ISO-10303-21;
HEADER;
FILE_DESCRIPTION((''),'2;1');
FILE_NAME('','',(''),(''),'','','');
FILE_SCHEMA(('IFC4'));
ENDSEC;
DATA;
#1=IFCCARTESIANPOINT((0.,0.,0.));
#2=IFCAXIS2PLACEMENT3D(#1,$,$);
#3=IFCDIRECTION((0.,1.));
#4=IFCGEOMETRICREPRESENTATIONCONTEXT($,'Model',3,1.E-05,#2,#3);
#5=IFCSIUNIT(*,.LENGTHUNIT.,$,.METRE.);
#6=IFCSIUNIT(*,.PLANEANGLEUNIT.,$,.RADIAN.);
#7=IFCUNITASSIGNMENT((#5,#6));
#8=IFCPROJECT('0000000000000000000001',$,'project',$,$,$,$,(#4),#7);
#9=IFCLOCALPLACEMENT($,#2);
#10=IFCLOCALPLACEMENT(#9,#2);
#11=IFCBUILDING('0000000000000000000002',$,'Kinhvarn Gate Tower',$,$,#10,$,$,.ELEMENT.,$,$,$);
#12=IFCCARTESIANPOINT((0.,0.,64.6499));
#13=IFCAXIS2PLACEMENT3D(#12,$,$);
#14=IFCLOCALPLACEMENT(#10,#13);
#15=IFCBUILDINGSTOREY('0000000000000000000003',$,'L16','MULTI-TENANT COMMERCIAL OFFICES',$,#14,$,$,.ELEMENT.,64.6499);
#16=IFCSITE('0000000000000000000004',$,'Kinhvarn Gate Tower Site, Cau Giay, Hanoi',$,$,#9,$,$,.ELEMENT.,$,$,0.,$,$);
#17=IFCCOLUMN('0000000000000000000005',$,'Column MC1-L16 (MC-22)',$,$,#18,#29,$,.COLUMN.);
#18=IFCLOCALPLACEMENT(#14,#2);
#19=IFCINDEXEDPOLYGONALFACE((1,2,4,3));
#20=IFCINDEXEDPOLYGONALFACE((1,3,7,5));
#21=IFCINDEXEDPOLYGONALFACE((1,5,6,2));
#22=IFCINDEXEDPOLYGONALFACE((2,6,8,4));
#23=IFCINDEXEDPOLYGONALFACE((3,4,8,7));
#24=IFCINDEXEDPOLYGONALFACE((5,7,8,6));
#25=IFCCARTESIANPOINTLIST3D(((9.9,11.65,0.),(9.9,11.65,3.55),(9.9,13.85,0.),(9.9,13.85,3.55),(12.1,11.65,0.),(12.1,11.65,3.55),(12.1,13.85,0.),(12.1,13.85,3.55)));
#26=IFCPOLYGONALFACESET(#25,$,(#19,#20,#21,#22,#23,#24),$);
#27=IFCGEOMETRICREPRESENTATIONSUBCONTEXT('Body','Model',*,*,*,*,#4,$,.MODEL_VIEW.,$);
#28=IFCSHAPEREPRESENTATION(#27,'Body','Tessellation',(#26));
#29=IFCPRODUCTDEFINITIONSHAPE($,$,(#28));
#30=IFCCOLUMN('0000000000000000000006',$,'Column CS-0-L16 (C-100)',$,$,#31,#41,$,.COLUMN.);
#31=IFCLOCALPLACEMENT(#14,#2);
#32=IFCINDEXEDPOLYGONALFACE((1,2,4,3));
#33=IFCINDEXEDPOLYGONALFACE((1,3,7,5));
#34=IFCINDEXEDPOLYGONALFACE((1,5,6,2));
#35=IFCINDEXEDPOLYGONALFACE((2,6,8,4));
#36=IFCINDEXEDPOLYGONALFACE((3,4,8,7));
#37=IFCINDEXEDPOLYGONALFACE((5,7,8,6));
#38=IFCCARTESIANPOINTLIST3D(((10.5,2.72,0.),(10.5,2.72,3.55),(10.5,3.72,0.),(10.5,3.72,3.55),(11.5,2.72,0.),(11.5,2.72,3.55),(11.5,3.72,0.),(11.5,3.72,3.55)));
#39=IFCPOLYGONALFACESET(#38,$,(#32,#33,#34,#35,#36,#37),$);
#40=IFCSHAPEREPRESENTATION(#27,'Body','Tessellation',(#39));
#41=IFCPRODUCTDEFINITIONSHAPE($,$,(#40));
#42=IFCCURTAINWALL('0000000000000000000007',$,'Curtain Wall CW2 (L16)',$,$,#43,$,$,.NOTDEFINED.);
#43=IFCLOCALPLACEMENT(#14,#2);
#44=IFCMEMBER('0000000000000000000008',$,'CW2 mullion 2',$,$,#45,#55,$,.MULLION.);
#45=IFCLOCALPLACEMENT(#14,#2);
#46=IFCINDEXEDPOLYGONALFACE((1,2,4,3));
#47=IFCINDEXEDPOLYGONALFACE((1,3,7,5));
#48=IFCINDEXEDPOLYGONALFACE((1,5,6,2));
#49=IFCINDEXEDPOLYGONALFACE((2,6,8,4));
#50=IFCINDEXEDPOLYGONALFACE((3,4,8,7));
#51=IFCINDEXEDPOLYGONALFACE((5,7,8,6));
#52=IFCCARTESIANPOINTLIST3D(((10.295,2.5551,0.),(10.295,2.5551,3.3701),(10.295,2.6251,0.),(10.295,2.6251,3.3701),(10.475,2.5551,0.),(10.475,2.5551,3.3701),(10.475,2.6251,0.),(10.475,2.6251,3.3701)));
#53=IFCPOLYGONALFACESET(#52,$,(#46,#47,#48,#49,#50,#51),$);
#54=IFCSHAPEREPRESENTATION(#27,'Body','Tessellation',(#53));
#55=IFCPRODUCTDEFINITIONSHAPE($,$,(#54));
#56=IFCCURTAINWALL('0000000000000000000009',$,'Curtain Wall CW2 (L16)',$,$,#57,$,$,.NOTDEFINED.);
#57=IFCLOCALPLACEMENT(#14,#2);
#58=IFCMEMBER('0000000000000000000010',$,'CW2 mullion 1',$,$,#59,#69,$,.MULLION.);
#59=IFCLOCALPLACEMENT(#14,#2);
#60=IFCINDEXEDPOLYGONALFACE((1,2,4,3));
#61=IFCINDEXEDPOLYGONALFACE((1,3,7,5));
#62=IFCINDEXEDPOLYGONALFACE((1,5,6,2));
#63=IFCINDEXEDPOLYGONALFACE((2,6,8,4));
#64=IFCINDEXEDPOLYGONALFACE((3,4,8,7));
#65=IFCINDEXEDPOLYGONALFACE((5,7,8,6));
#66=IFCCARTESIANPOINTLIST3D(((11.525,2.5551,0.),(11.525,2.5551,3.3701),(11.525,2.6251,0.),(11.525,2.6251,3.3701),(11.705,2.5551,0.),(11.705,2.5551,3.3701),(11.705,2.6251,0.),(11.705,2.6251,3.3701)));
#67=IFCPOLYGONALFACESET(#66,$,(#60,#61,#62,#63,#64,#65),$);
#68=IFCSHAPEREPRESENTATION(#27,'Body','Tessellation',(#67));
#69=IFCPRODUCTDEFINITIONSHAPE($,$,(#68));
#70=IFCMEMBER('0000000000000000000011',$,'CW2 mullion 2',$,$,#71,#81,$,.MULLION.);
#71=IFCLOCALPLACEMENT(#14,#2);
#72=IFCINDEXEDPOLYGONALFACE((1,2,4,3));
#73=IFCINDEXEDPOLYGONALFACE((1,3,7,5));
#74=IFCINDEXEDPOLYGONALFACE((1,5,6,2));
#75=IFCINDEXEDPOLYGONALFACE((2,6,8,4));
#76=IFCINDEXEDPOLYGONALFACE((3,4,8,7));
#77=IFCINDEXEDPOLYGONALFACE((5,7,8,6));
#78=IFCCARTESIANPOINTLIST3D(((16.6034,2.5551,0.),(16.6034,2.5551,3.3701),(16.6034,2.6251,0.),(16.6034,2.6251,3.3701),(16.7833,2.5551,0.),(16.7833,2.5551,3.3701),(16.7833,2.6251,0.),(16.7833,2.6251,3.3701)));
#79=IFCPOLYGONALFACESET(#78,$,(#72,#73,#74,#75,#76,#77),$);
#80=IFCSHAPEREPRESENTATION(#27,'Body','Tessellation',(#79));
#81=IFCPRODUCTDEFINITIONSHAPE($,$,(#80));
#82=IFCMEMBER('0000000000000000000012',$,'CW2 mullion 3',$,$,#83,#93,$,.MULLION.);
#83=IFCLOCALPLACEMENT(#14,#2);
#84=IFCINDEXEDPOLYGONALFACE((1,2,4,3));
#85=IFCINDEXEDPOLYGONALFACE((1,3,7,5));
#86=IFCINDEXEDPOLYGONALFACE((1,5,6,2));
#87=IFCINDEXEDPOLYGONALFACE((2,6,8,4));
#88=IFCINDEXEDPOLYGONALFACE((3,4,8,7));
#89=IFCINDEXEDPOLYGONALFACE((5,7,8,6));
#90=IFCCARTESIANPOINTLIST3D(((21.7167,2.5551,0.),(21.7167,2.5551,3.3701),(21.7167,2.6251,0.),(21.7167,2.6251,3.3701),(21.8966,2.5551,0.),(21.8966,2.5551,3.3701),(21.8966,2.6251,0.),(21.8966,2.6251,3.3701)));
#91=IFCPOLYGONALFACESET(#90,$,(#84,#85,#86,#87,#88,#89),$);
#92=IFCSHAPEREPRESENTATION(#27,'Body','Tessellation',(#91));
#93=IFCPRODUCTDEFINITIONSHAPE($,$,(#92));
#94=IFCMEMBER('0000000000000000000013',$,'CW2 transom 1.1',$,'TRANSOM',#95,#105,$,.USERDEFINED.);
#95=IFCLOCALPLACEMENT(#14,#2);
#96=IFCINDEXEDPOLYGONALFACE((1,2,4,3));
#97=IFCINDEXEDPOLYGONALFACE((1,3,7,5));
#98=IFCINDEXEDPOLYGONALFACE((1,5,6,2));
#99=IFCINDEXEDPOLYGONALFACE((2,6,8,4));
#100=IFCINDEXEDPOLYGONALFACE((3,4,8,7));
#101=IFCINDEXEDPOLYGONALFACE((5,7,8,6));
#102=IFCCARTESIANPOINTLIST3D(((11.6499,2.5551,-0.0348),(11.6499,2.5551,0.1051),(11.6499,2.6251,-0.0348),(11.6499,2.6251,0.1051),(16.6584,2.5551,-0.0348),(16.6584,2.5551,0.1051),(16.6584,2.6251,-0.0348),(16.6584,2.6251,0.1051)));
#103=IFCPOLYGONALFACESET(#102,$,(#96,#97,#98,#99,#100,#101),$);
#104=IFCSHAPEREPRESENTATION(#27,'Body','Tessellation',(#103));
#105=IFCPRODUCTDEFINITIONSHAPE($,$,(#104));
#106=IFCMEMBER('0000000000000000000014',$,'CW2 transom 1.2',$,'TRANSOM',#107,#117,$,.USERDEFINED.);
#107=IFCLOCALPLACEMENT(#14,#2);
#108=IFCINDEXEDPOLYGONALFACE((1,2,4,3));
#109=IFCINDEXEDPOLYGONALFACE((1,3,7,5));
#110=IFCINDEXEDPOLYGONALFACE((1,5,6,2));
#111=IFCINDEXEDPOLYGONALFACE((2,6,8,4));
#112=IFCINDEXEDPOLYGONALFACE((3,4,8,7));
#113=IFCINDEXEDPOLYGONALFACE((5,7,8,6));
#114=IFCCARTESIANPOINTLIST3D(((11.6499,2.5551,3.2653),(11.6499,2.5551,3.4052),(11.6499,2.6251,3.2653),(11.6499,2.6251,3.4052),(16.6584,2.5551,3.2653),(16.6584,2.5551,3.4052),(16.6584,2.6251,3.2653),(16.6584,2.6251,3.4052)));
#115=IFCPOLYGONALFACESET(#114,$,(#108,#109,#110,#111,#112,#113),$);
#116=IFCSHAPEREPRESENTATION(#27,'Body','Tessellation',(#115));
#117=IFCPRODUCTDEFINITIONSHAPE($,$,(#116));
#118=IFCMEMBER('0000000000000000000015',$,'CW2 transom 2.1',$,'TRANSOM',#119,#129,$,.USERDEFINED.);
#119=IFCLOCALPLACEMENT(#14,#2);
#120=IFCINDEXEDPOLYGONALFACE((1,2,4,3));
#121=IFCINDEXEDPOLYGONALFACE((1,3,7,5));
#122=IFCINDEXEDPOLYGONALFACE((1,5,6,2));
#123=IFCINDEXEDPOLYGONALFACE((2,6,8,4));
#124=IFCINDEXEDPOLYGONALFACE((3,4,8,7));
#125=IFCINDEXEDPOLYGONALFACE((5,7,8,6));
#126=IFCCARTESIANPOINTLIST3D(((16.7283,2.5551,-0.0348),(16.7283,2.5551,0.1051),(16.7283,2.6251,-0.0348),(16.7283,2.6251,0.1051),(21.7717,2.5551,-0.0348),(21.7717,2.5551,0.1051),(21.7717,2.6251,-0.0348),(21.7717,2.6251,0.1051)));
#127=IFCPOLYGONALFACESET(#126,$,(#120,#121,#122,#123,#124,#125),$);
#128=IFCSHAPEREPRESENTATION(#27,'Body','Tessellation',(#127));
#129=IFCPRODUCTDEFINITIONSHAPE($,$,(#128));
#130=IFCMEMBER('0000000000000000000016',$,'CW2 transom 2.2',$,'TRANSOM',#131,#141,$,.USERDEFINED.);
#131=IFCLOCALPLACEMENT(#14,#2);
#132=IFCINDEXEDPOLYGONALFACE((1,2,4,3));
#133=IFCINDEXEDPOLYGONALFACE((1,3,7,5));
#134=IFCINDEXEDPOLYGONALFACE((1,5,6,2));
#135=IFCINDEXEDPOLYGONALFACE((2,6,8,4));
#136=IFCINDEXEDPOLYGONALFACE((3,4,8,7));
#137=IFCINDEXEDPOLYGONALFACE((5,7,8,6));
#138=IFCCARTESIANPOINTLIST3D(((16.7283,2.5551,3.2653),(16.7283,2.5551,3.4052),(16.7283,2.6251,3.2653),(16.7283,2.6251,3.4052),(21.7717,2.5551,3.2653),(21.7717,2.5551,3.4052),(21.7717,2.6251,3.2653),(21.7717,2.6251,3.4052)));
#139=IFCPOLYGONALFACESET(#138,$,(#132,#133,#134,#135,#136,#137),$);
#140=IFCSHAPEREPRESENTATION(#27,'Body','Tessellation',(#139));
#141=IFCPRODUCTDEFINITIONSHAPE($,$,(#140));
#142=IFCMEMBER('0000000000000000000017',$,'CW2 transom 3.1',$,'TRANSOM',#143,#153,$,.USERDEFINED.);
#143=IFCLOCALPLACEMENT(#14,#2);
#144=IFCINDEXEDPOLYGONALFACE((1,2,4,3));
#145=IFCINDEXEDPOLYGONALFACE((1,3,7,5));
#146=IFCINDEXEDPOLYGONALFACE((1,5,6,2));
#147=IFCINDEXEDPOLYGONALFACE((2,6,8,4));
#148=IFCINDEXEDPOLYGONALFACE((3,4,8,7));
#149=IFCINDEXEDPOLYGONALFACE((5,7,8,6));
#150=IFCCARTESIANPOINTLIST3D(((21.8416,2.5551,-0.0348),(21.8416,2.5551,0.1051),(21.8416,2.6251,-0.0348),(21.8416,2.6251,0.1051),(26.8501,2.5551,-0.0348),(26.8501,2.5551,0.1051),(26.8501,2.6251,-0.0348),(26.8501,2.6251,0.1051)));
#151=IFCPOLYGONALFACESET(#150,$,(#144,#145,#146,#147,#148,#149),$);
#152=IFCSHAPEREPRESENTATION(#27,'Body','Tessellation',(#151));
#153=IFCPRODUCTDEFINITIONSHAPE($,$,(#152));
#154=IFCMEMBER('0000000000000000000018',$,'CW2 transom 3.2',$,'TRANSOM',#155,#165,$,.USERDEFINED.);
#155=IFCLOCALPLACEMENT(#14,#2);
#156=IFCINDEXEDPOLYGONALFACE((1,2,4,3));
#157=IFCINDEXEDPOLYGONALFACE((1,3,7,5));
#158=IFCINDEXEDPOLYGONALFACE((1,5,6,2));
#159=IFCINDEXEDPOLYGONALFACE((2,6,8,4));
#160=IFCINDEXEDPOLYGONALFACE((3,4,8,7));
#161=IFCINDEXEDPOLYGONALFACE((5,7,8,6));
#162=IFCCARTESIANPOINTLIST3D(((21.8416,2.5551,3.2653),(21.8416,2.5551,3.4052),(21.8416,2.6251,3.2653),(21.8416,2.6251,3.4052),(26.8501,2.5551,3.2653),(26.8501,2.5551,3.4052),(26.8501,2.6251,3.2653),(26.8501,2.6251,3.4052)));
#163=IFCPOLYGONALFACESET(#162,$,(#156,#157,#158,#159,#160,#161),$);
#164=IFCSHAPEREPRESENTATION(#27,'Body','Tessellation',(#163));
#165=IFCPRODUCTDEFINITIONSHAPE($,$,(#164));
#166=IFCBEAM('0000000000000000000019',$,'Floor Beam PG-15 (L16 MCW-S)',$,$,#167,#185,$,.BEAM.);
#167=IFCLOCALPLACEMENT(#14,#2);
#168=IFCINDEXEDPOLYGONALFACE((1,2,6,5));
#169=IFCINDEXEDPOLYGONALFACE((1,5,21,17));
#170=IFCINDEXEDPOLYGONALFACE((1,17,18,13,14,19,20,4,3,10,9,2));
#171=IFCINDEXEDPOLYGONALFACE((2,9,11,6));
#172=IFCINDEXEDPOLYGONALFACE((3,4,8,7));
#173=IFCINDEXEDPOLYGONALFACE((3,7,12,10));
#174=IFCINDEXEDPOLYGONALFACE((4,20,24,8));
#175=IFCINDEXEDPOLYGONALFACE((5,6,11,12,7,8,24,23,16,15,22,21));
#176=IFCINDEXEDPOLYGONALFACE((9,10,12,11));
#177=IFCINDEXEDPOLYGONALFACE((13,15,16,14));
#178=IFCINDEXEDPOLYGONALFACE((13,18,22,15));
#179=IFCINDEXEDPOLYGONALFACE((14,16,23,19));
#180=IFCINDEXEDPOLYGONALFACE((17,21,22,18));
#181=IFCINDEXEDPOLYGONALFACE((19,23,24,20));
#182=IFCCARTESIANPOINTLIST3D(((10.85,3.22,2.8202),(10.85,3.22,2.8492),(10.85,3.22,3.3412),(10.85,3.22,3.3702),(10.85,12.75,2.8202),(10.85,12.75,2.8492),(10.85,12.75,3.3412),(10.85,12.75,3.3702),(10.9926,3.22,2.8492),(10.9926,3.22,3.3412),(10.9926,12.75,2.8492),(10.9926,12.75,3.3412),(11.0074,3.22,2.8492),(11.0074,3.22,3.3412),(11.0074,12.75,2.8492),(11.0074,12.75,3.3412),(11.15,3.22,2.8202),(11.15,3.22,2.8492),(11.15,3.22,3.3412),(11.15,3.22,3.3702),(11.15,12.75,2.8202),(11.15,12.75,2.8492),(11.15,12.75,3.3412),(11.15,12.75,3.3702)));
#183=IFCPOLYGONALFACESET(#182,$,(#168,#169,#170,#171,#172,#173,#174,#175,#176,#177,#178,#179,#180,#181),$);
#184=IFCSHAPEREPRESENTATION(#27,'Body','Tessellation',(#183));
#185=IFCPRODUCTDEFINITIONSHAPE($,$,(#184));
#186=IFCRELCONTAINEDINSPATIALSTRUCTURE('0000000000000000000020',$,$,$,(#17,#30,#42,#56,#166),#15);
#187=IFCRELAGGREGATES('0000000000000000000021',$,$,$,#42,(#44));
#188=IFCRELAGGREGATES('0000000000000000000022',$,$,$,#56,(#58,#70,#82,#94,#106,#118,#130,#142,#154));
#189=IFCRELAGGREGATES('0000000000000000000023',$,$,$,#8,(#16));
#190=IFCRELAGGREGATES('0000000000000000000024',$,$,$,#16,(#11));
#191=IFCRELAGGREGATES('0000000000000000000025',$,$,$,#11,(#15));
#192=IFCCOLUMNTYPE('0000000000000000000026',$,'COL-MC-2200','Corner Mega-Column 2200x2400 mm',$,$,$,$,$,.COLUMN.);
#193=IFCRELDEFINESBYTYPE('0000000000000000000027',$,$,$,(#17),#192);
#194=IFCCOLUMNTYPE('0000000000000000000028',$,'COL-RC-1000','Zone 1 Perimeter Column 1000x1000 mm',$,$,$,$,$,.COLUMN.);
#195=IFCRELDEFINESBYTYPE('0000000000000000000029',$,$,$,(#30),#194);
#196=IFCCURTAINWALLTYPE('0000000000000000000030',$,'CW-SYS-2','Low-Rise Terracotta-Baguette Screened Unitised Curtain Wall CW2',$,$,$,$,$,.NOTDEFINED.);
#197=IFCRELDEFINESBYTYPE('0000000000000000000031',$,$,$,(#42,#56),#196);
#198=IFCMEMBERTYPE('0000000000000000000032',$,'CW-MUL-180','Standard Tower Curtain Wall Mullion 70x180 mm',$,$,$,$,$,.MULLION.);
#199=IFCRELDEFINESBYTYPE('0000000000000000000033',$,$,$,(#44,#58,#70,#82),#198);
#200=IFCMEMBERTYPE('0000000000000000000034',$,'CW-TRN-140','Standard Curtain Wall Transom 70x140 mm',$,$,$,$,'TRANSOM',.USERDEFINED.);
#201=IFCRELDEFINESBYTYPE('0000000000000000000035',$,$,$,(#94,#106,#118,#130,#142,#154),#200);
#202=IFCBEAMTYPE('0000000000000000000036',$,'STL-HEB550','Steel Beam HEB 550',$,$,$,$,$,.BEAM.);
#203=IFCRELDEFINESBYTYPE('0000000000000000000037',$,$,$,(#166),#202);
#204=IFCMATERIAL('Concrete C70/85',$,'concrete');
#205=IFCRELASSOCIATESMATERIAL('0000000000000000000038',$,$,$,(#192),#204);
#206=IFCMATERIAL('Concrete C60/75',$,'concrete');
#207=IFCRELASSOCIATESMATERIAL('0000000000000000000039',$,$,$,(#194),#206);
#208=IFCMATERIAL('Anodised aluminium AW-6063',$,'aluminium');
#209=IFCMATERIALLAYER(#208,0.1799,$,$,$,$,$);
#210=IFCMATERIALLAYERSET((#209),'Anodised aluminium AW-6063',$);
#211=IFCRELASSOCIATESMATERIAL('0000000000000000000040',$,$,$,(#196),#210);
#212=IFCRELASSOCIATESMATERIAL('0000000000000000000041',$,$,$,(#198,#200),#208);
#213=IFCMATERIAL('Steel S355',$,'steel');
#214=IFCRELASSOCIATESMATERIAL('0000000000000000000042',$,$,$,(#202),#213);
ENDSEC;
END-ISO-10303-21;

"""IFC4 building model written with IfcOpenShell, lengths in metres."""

from ifc_helpers import new_model, si_unit, direction, frame, origin, origin_2d, place, context, subcontext, project, spatial, rectangle, i_section, extrude, material, layer, layer_set, material_profile, profile_set, type_object, element, aggregate, save


model = new_model("IFC4")

# Units and contexts
model_context = context("Model", 3, precision=1e-05, world=origin(), true_north=direction((0.0, 1.0)))
body_context = subcontext(model_context, "Body", "Model", "MODEL_VIEW")
ifc_project = project(units=[si_unit("LENGTHUNIT", "METRE"), si_unit("PLANEANGLEUNIT", "RADIAN")], contexts=[model_context])

# Site, building, storey
site_placement = place(None, origin())
site = spatial("IfcSite", under=ifc_project, at=site_placement, Name="Kinhvarn Gate Tower Site, Cau Giay, Hanoi", CompositionType="ELEMENT", RefElevation=0.0)
building_placement = place(site_placement, origin())
building = spatial("IfcBuilding", under=site, at=building_placement, Name="Kinhvarn Gate Tower", CompositionType="ELEMENT")
storey_placement = place(building_placement, frame((0.0, 0.0, 64.6499)))
storey = spatial("IfcBuildingStorey", under=building, at=storey_placement, Name="L16", Description="MULTI-TENANT COMMERCIAL OFFICES", CompositionType="ELEMENT", Elevation=64.6499)

# Columns
ifc_material_1 = material(Name="Concrete C70/85", Category="concrete")
ifc_material_profile_1 = material_profile(ifc_material_1, rectangle(XDim=2.2, YDim=2.2, at=origin_2d()), Name="RC 2200x2200")
ifc_profile_set_1 = profile_set([ifc_material_profile_1], Name="Concrete C70/85")
column_type_1 = type_object("IfcColumnType", Name="COL-MC-2200", Description="Corner Mega-Column 2200x2400 mm", PredefinedType="COLUMN", material=ifc_profile_set_1)
column_1_placement = place(storey_placement, frame((11.0, 12.75, 0.0), z_axis=(0.0, 0.0, 1.0), x_axis=(1.0, 0.0, 0.0)))
element("IfcColumn", 1, at=column_1_placement, inside=storey, type_object=column_type_1, Name="Column MC1-L16 (MC-22)", PredefinedType="COLUMN", context=body_context, shape_type="SweptSolid", body=[
    extrude(rectangle(XDim=2.2, YDim=2.2, at=origin_2d()), origin(), (0.0, 0.0, 1.0), 3.55),
])
ifc_material_2 = material(Name="Concrete C60/75", Category="concrete")
ifc_material_profile_2 = material_profile(ifc_material_2, rectangle(XDim=1.0, YDim=1.0, at=origin_2d()), Name="RC 1000x1000")
ifc_profile_set_2 = profile_set([ifc_material_profile_2], Name="Concrete C60/75")
column_type_2 = type_object("IfcColumnType", Name="COL-RC-1000", Description="Zone 1 Perimeter Column 1000x1000 mm", PredefinedType="COLUMN", material=ifc_profile_set_2)
column_2_placement = place(storey_placement, frame((11.0, 3.22, 0.0), z_axis=(0.0, 0.0, 1.0), x_axis=(1.0, 0.0, 0.0)))
element("IfcColumn", 2, at=column_2_placement, inside=storey, type_object=column_type_2, Name="Column CS-0-L16 (C-100)", PredefinedType="COLUMN", context=body_context, shape_type="SweptSolid", body=[
    extrude(rectangle(XDim=1.0, YDim=1.0, at=origin_2d()), origin(), (0.0, 0.0, 1.0), 3.55),
])

# Curtain wall, member
ifc_material_3 = material(Name="Anodised aluminium AW-6063", Category="aluminium")
ifc_layer_1 = layer(ifc_material_3, 0.1799)
ifc_layer_set_1 = layer_set([ifc_layer_1], Name="Anodised aluminium AW-6063")
curtain_wall_type = type_object("IfcCurtainWallType", Name="CW-SYS-2", Description="Low-Rise Terracotta-Baguette Screened Unitised Curtain Wall CW2", PredefinedType="NOTDEFINED", material=ifc_layer_set_1)
curtain_wall_1_placement = place(storey_placement, origin())
curtain_wall_1 = element("IfcCurtainWall", 3, at=curtain_wall_1_placement, inside=storey, type_object=curtain_wall_type, Name="Curtain Wall CW2 (L16)", PredefinedType="NOTDEFINED")
ifc_material_profile_3 = material_profile(ifc_material_3, rectangle(XDim=0.0701, YDim=0.1799, at=origin_2d()), Name="ALU 70x180")
ifc_profile_set_3 = profile_set([ifc_material_profile_3], Name="Anodised aluminium AW-6063")
member_type_1 = type_object("IfcMemberType", Name="CW-MUL-180", Description="Standard Tower Curtain Wall Mullion 70x180 mm", PredefinedType="MULLION", material=ifc_profile_set_3)
member_1_placement = place(storey_placement, frame((10.385, 2.5901, 0.0), z_axis=(0.0, 0.0, 1.0), x_axis=(0.0, 1.0, 0.0)))
member_1 = element("IfcMember", 4, at=member_1_placement, type_object=member_type_1, Name="CW2 mullion 2", PredefinedType="MULLION", context=body_context, shape_type="SweptSolid", body=[
    extrude(rectangle(XDim=0.0701, YDim=0.1799, at=origin_2d()), origin(), (0.0, 0.0, 1.0), 3.3701),
])
aggregate(curtain_wall_1, [member_1])

# Curtain wall, members
curtain_wall_2_placement = place(storey_placement, origin())
curtain_wall_2 = element("IfcCurtainWall", 5, at=curtain_wall_2_placement, inside=storey, type_object=curtain_wall_type, Name="Curtain Wall CW2 (L16)", PredefinedType="NOTDEFINED")
member_2_placement = place(storey_placement, frame((11.615, 2.5901, 0.0), z_axis=(0.0, 0.0, 1.0), x_axis=(0.0, 1.0, 0.0)))
member_2 = element("IfcMember", 6, at=member_2_placement, type_object=member_type_1, Name="CW2 mullion 1", PredefinedType="MULLION", context=body_context, shape_type="SweptSolid", body=[
    extrude(rectangle(XDim=0.0701, YDim=0.1799, at=origin_2d()), origin(), (0.0, 0.0, 1.0), 3.3701),
])
member_3_placement = place(storey_placement, frame((16.6934, 2.5901, 0.0), z_axis=(0.0, 0.0, 1.0), x_axis=(0.0, 1.0, 0.0)))
member_3 = element("IfcMember", 7, at=member_3_placement, type_object=member_type_1, Name="CW2 mullion 2", PredefinedType="MULLION", context=body_context, shape_type="SweptSolid", body=[
    extrude(rectangle(XDim=0.0701, YDim=0.1799, at=origin_2d()), origin(), (0.0, 0.0, 1.0), 3.3701),
])
member_4_placement = place(storey_placement, frame((21.8066, 2.5901, 0.0), z_axis=(0.0, 0.0, 1.0), x_axis=(0.0, 1.0, 0.0)))
member_4 = element("IfcMember", 8, at=member_4_placement, type_object=member_type_1, Name="CW2 mullion 3", PredefinedType="MULLION", context=body_context, shape_type="SweptSolid", body=[
    extrude(rectangle(XDim=0.0701, YDim=0.1799, at=origin_2d()), origin(), (0.0, 0.0, 1.0), 3.3701),
])
ifc_material_profile_4 = material_profile(ifc_material_3, rectangle(XDim=0.0701, YDim=0.1399, at=origin_2d()), Name="ALU 70x140")
ifc_profile_set_4 = profile_set([ifc_material_profile_4], Name="Anodised aluminium AW-6063")
member_type_2 = type_object("IfcMemberType", Name="CW-TRN-140", Description="Standard Curtain Wall Transom 70x140 mm", ElementType="TRANSOM", PredefinedType="USERDEFINED", material=ifc_profile_set_4)
member_5_placement = place(storey_placement, frame((11.6499, 2.5901, 0.0352), z_axis=(1.0, 0.0, 0.0), x_axis=(0.0, 1.0, 0.0)))
member_5 = element("IfcMember", 9, at=member_5_placement, type_object=member_type_2, Name="CW2 transom 1.1", ObjectType="TRANSOM", PredefinedType="USERDEFINED", context=body_context, shape_type="SweptSolid", body=[
    extrude(rectangle(XDim=0.0701, YDim=0.1399, at=origin_2d()), origin(), (0.0, 0.0, 1.0), 5.0085),
])
member_6_placement = place(storey_placement, frame((11.6499, 2.5901, 3.3352), z_axis=(1.0, 0.0, 0.0), x_axis=(0.0, 1.0, 0.0)))
member_6 = element("IfcMember", 10, at=member_6_placement, type_object=member_type_2, Name="CW2 transom 1.2", ObjectType="TRANSOM", PredefinedType="USERDEFINED", context=body_context, shape_type="SweptSolid", body=[
    extrude(rectangle(XDim=0.0701, YDim=0.1399, at=origin_2d()), origin(), (0.0, 0.0, 1.0), 5.0085),
])
member_7_placement = place(storey_placement, frame((16.7283, 2.5901, 0.0352), z_axis=(1.0, 0.0, 0.0), x_axis=(0.0, 1.0, 0.0)))
member_7 = element("IfcMember", 11, at=member_7_placement, type_object=member_type_2, Name="CW2 transom 2.1", ObjectType="TRANSOM", PredefinedType="USERDEFINED", context=body_context, shape_type="SweptSolid", body=[
    extrude(rectangle(XDim=0.0701, YDim=0.1399, at=origin_2d()), origin(), (0.0, 0.0, 1.0), 5.0435),
])
member_8_placement = place(storey_placement, frame((16.7283, 2.5901, 3.3352), z_axis=(1.0, 0.0, 0.0), x_axis=(0.0, 1.0, 0.0)))
member_8 = element("IfcMember", 12, at=member_8_placement, type_object=member_type_2, Name="CW2 transom 2.2", ObjectType="TRANSOM", PredefinedType="USERDEFINED", context=body_context, shape_type="SweptSolid", body=[
    extrude(rectangle(XDim=0.0701, YDim=0.1399, at=origin_2d()), origin(), (0.0, 0.0, 1.0), 5.0435),
])
member_9_placement = place(storey_placement, frame((21.8416, 2.5901, 0.0352), z_axis=(1.0, 0.0, 0.0), x_axis=(0.0, 1.0, 0.0)))
member_9 = element("IfcMember", 13, at=member_9_placement, type_object=member_type_2, Name="CW2 transom 3.1", ObjectType="TRANSOM", PredefinedType="USERDEFINED", context=body_context, shape_type="SweptSolid", body=[
    extrude(rectangle(XDim=0.0701, YDim=0.1399, at=origin_2d()), origin(), (0.0, 0.0, 1.0), 5.0085),
])
member_10_placement = place(storey_placement, frame((21.8416, 2.5901, 3.3352), z_axis=(1.0, 0.0, 0.0), x_axis=(0.0, 1.0, 0.0)))
member_10 = element("IfcMember", 14, at=member_10_placement, type_object=member_type_2, Name="CW2 transom 3.2", ObjectType="TRANSOM", PredefinedType="USERDEFINED", context=body_context, shape_type="SweptSolid", body=[
    extrude(rectangle(XDim=0.0701, YDim=0.1399, at=origin_2d()), origin(), (0.0, 0.0, 1.0), 5.0085),
])

# Beam
ifc_material_4 = material(Name="Steel S355", Category="steel")
ifc_material_profile_5 = material_profile(ifc_material_4, i_section(OverallWidth=0.3, OverallDepth=0.55, WebThickness=0.0149, FlangeThickness=0.0291, at=origin_2d()), Name="HEB 550")
ifc_profile_set_5 = profile_set([ifc_material_profile_5], Name="Steel S355")
beam_type_1 = type_object("IfcBeamType", Name="STL-HEB550", Description="Steel Beam HEB 550", PredefinedType="BEAM", material=ifc_profile_set_5)
beam_1_placement = place(storey_placement, frame((11.0, 3.22, 3.0952), z_axis=(0.0, 1.0, 0.0), x_axis=(-1.0, 0.0, 0.0)))
element("IfcBeam", 15, at=beam_1_placement, inside=storey, type_object=beam_type_1, Name="Floor Beam PG-15 (L16 MCW-S)", PredefinedType="BEAM", context=body_context, shape_type="SweptSolid", body=[
    extrude(i_section(OverallWidth=0.3, OverallDepth=0.55, WebThickness=0.0149, FlangeThickness=0.0291, at=origin_2d()), origin(), (0.0, 0.0, 1.0), 9.53),
])

aggregate(curtain_wall_2, [member_2, member_3, member_4, member_5, member_6, member_7, member_8, member_9, member_10])

save(model, "model.ifc")
